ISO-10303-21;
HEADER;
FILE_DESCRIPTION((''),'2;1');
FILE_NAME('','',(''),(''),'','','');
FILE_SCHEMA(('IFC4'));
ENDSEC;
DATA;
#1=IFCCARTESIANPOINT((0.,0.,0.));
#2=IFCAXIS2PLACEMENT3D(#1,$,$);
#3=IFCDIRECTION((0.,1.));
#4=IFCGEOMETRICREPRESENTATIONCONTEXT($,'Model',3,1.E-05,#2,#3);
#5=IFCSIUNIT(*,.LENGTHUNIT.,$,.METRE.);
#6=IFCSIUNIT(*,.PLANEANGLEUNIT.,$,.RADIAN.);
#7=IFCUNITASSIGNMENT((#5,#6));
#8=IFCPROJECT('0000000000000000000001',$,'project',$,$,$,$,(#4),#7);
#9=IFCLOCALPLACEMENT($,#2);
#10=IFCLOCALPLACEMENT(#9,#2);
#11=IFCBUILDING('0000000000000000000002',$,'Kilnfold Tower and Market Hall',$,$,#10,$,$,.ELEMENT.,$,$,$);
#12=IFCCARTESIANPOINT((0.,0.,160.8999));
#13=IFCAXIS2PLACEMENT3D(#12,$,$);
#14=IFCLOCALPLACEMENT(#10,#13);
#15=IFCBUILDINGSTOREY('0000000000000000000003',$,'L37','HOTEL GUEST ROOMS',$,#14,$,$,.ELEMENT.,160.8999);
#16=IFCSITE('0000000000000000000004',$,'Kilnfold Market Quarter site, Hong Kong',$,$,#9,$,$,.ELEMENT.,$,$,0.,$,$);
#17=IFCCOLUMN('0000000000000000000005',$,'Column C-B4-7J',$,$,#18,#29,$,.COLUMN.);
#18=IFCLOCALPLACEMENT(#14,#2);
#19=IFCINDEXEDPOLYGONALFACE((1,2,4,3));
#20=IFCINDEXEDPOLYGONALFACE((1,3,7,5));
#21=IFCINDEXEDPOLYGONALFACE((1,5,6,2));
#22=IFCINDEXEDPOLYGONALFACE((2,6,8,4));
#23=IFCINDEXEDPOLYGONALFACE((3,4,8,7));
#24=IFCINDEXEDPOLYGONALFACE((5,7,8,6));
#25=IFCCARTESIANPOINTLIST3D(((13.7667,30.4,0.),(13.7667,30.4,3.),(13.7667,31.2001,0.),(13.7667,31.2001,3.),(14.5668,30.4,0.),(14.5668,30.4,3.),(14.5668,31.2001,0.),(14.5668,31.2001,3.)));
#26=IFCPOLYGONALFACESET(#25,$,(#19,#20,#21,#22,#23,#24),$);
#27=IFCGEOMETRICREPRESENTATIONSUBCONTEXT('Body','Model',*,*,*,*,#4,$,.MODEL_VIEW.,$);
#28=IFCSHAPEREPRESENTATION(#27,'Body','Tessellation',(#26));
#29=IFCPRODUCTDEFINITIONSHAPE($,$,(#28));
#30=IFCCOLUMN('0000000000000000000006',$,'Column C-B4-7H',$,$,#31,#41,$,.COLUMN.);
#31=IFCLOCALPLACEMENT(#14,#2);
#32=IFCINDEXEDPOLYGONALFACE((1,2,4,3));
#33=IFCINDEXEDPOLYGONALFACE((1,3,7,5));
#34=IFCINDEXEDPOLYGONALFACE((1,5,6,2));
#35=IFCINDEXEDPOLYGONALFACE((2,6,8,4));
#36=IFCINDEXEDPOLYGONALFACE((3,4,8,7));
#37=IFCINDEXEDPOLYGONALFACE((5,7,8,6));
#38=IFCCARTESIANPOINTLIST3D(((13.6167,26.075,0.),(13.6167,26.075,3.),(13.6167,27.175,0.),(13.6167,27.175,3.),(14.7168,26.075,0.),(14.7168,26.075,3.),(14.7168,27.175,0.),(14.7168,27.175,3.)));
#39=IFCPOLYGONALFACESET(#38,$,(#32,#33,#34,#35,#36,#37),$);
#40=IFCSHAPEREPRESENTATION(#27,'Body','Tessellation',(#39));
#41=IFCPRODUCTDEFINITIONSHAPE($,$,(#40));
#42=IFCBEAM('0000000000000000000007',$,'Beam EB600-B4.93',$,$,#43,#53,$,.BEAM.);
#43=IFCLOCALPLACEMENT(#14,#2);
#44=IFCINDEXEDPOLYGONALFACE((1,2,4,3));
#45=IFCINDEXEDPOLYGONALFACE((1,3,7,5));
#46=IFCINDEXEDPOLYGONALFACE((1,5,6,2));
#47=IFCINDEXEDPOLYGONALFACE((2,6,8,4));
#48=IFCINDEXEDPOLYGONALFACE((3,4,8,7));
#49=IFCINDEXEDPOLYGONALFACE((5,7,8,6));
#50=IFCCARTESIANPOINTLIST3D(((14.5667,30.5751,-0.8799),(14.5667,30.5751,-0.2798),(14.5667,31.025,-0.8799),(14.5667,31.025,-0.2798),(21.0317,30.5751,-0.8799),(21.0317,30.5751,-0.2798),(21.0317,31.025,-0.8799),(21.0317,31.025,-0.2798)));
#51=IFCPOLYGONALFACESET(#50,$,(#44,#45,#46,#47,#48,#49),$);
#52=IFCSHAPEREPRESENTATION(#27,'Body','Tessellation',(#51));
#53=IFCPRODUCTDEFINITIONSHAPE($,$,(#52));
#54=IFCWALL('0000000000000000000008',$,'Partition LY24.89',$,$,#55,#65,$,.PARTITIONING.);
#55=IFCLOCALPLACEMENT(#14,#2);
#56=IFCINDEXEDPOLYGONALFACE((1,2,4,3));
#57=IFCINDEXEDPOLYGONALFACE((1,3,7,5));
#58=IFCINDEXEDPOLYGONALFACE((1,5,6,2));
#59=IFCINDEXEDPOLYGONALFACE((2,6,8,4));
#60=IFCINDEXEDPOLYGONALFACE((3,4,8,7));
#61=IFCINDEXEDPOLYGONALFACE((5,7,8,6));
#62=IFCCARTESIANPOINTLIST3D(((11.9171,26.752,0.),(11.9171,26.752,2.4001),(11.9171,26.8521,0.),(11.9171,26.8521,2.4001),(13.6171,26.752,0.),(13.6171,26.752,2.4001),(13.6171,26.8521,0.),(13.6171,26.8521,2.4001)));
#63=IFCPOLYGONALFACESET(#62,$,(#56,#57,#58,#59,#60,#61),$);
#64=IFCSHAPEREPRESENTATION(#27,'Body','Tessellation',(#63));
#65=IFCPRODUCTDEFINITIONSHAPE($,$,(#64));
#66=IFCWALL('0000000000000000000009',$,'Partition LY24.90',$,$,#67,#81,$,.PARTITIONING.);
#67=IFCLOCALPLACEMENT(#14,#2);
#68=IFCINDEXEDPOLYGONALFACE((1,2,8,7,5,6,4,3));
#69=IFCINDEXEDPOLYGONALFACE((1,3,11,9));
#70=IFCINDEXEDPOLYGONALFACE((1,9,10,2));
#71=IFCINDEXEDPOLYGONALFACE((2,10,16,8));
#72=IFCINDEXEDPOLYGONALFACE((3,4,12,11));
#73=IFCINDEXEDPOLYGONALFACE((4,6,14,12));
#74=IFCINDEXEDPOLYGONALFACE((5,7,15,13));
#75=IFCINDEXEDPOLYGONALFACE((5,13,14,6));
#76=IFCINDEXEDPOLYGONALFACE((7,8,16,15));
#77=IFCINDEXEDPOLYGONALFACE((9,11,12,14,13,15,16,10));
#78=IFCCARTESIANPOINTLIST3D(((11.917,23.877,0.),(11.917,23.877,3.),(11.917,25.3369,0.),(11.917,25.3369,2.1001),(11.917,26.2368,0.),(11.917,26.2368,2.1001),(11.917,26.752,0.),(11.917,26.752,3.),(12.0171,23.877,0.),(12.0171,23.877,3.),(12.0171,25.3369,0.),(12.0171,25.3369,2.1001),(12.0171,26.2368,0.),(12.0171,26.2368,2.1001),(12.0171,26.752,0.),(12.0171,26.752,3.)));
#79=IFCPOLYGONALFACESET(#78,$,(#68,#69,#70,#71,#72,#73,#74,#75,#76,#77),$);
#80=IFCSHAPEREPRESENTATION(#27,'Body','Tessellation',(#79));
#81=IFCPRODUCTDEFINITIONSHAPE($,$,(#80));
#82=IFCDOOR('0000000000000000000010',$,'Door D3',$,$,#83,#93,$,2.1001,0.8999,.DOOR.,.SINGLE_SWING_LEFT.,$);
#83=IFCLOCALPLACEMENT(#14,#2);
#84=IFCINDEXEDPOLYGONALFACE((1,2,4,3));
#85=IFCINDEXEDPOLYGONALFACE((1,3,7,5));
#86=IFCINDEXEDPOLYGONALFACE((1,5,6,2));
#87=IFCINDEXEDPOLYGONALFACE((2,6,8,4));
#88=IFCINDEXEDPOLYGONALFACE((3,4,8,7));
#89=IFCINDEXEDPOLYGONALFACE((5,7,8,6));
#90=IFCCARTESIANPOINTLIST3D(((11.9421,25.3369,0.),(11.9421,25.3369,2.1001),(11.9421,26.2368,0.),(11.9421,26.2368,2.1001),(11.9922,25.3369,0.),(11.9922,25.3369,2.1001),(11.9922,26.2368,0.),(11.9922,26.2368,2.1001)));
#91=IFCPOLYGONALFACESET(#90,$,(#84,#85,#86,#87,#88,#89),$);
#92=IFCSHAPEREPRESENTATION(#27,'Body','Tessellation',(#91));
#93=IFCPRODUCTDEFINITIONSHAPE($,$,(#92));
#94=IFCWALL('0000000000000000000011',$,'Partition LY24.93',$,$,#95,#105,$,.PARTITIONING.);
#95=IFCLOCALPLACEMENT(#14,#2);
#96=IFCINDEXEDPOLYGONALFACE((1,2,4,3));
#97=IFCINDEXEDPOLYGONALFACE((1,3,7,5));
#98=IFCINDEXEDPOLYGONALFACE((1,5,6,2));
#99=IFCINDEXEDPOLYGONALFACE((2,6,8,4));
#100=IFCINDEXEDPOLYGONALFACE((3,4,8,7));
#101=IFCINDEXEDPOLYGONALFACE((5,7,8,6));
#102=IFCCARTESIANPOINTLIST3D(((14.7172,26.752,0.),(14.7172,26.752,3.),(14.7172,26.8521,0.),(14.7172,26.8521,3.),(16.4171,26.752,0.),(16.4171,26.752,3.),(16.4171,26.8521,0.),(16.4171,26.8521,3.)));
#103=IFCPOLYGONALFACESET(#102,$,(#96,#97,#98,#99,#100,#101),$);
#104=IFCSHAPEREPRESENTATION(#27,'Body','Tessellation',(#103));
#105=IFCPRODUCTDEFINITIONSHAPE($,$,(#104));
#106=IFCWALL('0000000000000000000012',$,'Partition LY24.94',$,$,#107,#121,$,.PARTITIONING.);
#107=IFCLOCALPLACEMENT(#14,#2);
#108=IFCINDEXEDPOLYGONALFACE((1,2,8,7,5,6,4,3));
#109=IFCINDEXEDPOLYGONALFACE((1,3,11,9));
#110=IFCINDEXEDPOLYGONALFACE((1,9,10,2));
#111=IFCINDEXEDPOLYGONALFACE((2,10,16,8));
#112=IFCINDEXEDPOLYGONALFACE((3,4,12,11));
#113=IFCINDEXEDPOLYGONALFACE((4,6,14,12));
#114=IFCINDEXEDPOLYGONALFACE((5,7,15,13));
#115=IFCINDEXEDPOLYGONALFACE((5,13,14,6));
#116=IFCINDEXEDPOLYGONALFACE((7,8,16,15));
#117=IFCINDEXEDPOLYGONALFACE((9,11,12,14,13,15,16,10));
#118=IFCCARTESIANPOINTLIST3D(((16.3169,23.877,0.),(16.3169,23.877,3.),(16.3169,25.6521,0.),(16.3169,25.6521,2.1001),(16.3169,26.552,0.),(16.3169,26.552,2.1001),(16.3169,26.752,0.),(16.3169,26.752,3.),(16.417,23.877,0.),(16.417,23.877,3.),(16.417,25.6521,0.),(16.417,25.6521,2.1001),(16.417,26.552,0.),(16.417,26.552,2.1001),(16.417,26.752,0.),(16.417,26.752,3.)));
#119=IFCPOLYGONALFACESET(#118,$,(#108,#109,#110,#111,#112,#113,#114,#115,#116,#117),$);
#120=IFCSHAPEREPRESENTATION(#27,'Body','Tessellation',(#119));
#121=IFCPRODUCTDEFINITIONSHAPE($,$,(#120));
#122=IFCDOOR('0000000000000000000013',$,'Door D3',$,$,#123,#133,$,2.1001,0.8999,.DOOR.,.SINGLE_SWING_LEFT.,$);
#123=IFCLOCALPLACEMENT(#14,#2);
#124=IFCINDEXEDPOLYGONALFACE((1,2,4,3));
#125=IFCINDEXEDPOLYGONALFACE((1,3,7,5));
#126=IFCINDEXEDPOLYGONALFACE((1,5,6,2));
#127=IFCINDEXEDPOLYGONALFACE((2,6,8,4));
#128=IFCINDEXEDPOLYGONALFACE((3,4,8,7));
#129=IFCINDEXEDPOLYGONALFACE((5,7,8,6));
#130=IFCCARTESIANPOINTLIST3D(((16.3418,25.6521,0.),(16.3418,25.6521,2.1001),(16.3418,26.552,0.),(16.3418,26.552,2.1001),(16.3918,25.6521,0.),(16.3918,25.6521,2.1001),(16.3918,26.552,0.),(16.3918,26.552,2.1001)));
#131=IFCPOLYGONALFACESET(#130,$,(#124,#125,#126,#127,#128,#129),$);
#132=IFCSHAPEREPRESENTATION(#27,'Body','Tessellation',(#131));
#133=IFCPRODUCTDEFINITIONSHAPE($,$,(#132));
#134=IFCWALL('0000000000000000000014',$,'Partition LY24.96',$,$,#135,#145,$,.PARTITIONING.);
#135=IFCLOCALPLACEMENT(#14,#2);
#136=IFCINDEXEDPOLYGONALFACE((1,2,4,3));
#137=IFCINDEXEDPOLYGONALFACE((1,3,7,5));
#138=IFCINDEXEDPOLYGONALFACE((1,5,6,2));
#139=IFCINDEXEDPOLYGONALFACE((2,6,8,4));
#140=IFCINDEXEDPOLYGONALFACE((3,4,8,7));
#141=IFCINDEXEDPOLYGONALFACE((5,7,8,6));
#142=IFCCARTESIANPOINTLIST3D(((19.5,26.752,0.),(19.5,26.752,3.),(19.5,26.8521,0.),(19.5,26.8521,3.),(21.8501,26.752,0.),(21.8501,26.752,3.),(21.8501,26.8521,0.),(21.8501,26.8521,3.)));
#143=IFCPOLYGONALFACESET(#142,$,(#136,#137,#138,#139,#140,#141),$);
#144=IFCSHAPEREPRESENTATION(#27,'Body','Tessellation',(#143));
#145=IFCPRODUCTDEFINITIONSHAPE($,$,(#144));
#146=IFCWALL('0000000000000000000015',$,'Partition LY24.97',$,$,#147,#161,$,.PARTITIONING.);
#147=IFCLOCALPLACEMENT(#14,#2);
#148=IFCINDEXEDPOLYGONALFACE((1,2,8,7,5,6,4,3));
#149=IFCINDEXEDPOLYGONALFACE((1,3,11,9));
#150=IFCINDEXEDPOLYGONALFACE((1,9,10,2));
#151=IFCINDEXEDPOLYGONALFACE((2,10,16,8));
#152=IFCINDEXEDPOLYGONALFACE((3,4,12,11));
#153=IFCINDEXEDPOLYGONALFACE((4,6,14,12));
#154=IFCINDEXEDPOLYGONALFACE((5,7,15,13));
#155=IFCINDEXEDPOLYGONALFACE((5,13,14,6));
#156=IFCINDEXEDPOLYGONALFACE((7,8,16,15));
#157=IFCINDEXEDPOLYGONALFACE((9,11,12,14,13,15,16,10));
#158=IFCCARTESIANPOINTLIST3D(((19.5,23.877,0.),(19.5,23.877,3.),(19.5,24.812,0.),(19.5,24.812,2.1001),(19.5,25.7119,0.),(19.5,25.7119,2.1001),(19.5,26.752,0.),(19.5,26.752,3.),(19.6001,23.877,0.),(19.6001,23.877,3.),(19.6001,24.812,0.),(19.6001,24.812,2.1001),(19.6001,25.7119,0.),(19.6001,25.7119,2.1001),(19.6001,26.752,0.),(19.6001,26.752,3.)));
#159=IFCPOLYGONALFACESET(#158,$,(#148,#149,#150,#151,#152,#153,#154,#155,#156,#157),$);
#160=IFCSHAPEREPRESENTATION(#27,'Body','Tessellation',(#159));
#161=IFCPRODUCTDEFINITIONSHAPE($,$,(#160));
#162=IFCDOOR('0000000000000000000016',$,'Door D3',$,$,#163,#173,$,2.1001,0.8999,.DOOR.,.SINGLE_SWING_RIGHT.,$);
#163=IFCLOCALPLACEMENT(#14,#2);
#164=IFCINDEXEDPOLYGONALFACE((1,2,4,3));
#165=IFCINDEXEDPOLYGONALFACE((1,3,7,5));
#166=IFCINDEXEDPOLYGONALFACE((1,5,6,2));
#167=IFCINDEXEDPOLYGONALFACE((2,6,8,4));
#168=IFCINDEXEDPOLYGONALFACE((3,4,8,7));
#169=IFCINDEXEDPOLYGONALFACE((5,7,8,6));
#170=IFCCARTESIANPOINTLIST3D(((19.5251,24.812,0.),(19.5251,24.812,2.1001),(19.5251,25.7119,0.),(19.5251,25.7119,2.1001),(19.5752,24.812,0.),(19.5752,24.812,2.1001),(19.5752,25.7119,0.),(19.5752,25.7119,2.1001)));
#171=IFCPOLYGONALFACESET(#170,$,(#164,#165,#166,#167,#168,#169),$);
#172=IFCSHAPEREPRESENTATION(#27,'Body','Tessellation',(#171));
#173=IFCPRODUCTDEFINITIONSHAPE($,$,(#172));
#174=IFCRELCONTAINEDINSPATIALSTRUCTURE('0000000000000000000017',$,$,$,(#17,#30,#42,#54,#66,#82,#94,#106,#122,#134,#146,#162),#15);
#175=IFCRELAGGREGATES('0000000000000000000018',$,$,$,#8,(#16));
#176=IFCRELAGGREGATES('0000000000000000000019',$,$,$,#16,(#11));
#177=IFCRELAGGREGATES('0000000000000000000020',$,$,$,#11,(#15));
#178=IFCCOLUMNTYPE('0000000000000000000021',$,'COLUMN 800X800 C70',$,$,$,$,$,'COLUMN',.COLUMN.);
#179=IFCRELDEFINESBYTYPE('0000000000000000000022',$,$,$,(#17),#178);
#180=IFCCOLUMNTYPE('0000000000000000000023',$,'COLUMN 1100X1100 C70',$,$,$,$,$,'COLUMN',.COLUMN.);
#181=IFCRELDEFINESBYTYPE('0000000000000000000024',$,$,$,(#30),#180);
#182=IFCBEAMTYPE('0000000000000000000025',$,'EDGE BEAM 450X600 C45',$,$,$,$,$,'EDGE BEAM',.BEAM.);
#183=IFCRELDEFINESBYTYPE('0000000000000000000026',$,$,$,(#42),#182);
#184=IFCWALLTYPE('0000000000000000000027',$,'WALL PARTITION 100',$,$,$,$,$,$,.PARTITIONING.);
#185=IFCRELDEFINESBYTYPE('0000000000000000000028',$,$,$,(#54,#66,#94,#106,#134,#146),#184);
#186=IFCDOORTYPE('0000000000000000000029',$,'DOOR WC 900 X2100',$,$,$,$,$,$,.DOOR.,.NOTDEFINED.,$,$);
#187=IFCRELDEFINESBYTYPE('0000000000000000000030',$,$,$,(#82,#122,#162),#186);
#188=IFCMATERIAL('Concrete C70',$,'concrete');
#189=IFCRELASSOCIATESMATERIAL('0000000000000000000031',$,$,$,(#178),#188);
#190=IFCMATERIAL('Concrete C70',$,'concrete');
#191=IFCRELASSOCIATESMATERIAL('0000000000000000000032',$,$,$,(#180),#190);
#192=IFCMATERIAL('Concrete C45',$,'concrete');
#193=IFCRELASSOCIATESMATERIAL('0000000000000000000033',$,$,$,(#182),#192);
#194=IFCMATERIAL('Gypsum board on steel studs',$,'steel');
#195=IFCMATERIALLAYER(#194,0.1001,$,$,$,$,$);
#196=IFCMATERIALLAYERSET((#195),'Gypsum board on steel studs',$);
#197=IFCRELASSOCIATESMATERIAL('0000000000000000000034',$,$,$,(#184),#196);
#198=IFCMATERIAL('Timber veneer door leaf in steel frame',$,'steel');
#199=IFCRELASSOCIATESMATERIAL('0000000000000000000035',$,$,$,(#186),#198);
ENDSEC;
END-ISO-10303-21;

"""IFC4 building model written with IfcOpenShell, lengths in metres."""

from ifc_helpers import new_model, si_unit, direction, frame, frame_2d, origin, origin_2d, place, context, subcontext, project, spatial, rectangle, extrude, source, transform, mapped, material, layer, layer_set, material_profile, profile_set, type_object, element, fill, save


model = new_model("IFC4")

# Units and contexts
model_context = context("Model", 3, precision=1e-05, world=origin(), true_north=direction((0.0, 1.0)))
body_context = subcontext(model_context, "Body", "Model", "MODEL_VIEW")
ifc_project = project(units=[si_unit("LENGTHUNIT", "METRE"), si_unit("PLANEANGLEUNIT", "RADIAN")], contexts=[model_context])

# Site, building, storey
site_placement = place(None, origin())
site = spatial("IfcSite", under=ifc_project, at=site_placement, Name="Kilnfold Market Quarter site, Hong Kong", CompositionType="ELEMENT", RefElevation=0.0)
building_placement = place(site_placement, origin())
building = spatial("IfcBuilding", under=site, at=building_placement, Name="Kilnfold Tower and Market Hall", CompositionType="ELEMENT")
storey_placement = place(building_placement, frame((0.0, 0.0, 160.8999)))
storey = spatial("IfcBuildingStorey", under=building, at=storey_placement, Name="L37", Description="HOTEL GUEST ROOMS", CompositionType="ELEMENT", Elevation=160.8999)

# Columns
ifc_material_1 = material(Name="Concrete C70", Category="concrete")
ifc_material_profile_1 = material_profile(ifc_material_1, rectangle(XDim=0.8, YDim=0.8, at=origin_2d()), Name="RC 800x800")
ifc_profile_set_1 = profile_set([ifc_material_profile_1], Name="Concrete C70")
column_type_1 = type_object("IfcColumnType", Name="COLUMN 800X800 C70", ElementType="COLUMN", PredefinedType="COLUMN", material=ifc_profile_set_1)
shared_shape_1 = source(origin(), body_context, "Body", "SweptSolid", [
    extrude(rectangle(XDim=0.8, YDim=0.8, at=origin_2d()), origin(), (0.0, 0.0, 1.0), 3.0),
])
column_1_placement = place(storey_placement, frame((14.1667, 30.8, 0.0), z_axis=(0.0, 0.0, 1.0), x_axis=(1.0, 0.0, 0.0)))
element("IfcColumn", 1, at=column_1_placement, inside=storey, type_object=column_type_1, Name="Column C-B4-7J", PredefinedType="COLUMN", context=body_context, shape_type="MappedRepresentation", body=[
    mapped(shared_shape_1, transform((0.0, 0.0, 0.0))),
])
ifc_material_2 = material(Name="Concrete C70", Category="concrete")
ifc_material_profile_2 = material_profile(ifc_material_2, rectangle(XDim=1.1001, YDim=1.1001, at=origin_2d()), Name="RC 1100x1100")
ifc_profile_set_2 = profile_set([ifc_material_profile_2], Name="Concrete C70")
column_type_2 = type_object("IfcColumnType", Name="COLUMN 1100X1100 C70", ElementType="COLUMN", PredefinedType="COLUMN", material=ifc_profile_set_2)
shared_shape_2 = source(origin(), body_context, "Body", "SweptSolid", [
    extrude(rectangle(XDim=1.1001, YDim=1.1001, at=origin_2d()), origin(), (0.0, 0.0, 1.0), 3.0),
])
column_2_placement = place(storey_placement, frame((14.1667, 26.625, 0.0), z_axis=(0.0, 0.0, 1.0), x_axis=(1.0, 0.0, 0.0)))
element("IfcColumn", 2, at=column_2_placement, inside=storey, type_object=column_type_2, Name="Column C-B4-7H", PredefinedType="COLUMN", context=body_context, shape_type="MappedRepresentation", body=[
    mapped(shared_shape_2, transform((0.0, 0.0, 0.0))),
])

# Beam
ifc_material_3 = material(Name="Concrete C45", Category="concrete")
ifc_material_profile_3 = material_profile(ifc_material_3, rectangle(XDim=0.45, YDim=0.6001, at=origin_2d()), Name="RC 450x600")
ifc_profile_set_3 = profile_set([ifc_material_profile_3], Name="Concrete C45")
beam_type = type_object("IfcBeamType", Name="EDGE BEAM 450X600 C45", ElementType="EDGE BEAM", PredefinedType="BEAM", material=ifc_profile_set_3)
shared_shape_3 = source(origin(), body_context, "Body", "SweptSolid", [
    extrude(rectangle(XDim=0.45, YDim=0.6001, at=origin_2d()), origin(), (0.0, 0.0, 1.0), 6.4651),
])
beam_placement = place(storey_placement, frame((14.5667, 30.8, -0.5798), z_axis=(1.0, 0.0, 0.0), x_axis=(0.0, 1.0, 0.0)))
element("IfcBeam", 3, at=beam_placement, inside=storey, type_object=beam_type, Name="Beam EB600-B4.93", PredefinedType="BEAM", context=body_context, shape_type="MappedRepresentation", body=[
    mapped(shared_shape_3, transform((0.0, 0.0, 0.0))),
])

# Wall
ifc_material_4 = material(Name="Gypsum board on steel studs", Category="steel")
ifc_layer_1 = layer(ifc_material_4, 0.1001)
ifc_layer_set_1 = layer_set([ifc_layer_1], Name="Gypsum board on steel studs")
wall_type_1 = type_object("IfcWallType", Name="WALL PARTITION 100", PredefinedType="PARTITIONING", material=ifc_layer_set_1)
wall_1_placement = place(storey_placement, frame((11.917, 26.802, 0.0), z_axis=(0.0, 0.0, 1.0), x_axis=(1.0, 0.0, 0.0)))
element("IfcWall", 4, at=wall_1_placement, inside=storey, type_object=wall_type_1, Name="Partition LY24.89", PredefinedType="PARTITIONING", context=body_context, shape_type="SweptSolid", body=[
    extrude(rectangle(XDim=1.7, YDim=0.1001, at=frame_2d((0.8501, 0.0))), origin(), (0.0, 0.0, 1.0), 2.4001),
])

# Wall, opening, door
wall_2_placement = place(storey_placement, frame((11.967, 23.877, 0.0), z_axis=(0.0, 0.0, 1.0), x_axis=(0.0, 1.0, 0.0)))
wall_2 = element("IfcWall", 5, at=wall_2_placement, inside=storey, type_object=wall_type_1, Name="Partition LY24.90", PredefinedType="PARTITIONING", context=body_context, shape_type="SweptSolid", body=[
    extrude(rectangle(XDim=2.875, YDim=0.1001, at=frame_2d((1.4375, 0.0))), origin(), (0.0, 0.0, 1.0), 3.0),
])
opening_1_placement = place(wall_2_placement, frame((1.46, 0.0, 0.0)))
opening_1 = element("IfcOpeningElement", 6, at=opening_1_placement, cuts=wall_2, PredefinedType="OPENING", context=body_context, shape_type="SweptSolid", body=[
    extrude(rectangle(XDim=0.8999, YDim=2.1001, at=frame_2d((0.45, 1.05))), frame((0.0, 0.0601, 0.0), z_axis=(0.0, -1.0, 0.0), x_axis=(1.0, 0.0, 0.0)), (0.0, 0.0, 1.0), 0.1201),
])
ifc_material_5 = material(Name="Timber veneer door leaf in steel frame", Category="steel")
door_type_1 = type_object("IfcDoorType", Name="DOOR WC 900 X2100", OperationType="NOTDEFINED", PredefinedType="DOOR", material=ifc_material_5)
door_1_placement = place(opening_1_placement, origin())
door_1 = element("IfcDoor", 7, at=door_1_placement, inside=storey, type_object=door_type_1, Name="Door D3", OperationType="SINGLE_SWING_LEFT", OverallHeight=2.1001, OverallWidth=0.8999, PredefinedType="DOOR", context=body_context, shape_type="SweptSolid", body=[
    extrude(rectangle(XDim=0.8999, YDim=2.1001, at=frame_2d((0.45, 1.05))), frame((0.0, 0.0249, 0.0), z_axis=(0.0, -1.0, 0.0), x_axis=(1.0, 0.0, 0.0)), (0.0, 0.0, 1.0), 0.05),
])
fill(opening_1, door_1)

# Wall
wall_3_placement = place(storey_placement, frame((14.717, 26.802, 0.0), z_axis=(0.0, 0.0, 1.0), x_axis=(1.0, 0.0, 0.0)))
element("IfcWall", 8, at=wall_3_placement, inside=storey, type_object=wall_type_1, Name="Partition LY24.93", PredefinedType="PARTITIONING", context=body_context, shape_type="SweptSolid", body=[
    extrude(rectangle(XDim=1.7, YDim=0.1001, at=frame_2d((0.8501, 0.0))), origin(), (0.0, 0.0, 1.0), 3.0),
])

# Wall, opening, door
wall_4_placement = place(storey_placement, frame((16.3669, 26.752, 0.0), z_axis=(0.0, 0.0, 1.0), x_axis=(0.0, -1.0, 0.0)))
wall_4 = element("IfcWall", 9, at=wall_4_placement, inside=storey, type_object=wall_type_1, Name="Partition LY24.94", PredefinedType="PARTITIONING", context=body_context, shape_type="SweptSolid", body=[
    extrude(rectangle(XDim=2.875, YDim=0.1001, at=frame_2d((1.4375, 0.0))), origin(), (0.0, 0.0, 1.0), 3.0),
])
opening_2_placement = place(wall_4_placement, frame((0.2, 0.0, 0.0)))
opening_2 = element("IfcOpeningElement", 10, at=opening_2_placement, cuts=wall_4, PredefinedType="OPENING", context=body_context, shape_type="SweptSolid", body=[
    extrude(rectangle(XDim=0.8999, YDim=2.1001, at=frame_2d((0.45, 1.05))), frame((0.0, 0.0601, 0.0), z_axis=(0.0, -1.0, 0.0), x_axis=(1.0, 0.0, 0.0)), (0.0, 0.0, 1.0), 0.1201),
])
door_2_placement = place(opening_2_placement, origin())
door_2 = element("IfcDoor", 11, at=door_2_placement, inside=storey, type_object=door_type_1, Name="Door D3", OperationType="SINGLE_SWING_LEFT", OverallHeight=2.1001, OverallWidth=0.8999, PredefinedType="DOOR", context=body_context, shape_type="SweptSolid", body=[
    extrude(rectangle(XDim=0.8999, YDim=2.1001, at=frame_2d((0.45, 1.05))), frame((0.0, 0.0249, 0.0), z_axis=(0.0, -1.0, 0.0), x_axis=(1.0, 0.0, 0.0)), (0.0, 0.0, 1.0), 0.05),
])
fill(opening_2, door_2)

# Wall
wall_5_placement = place(storey_placement, frame((19.5, 26.802, 0.0), z_axis=(0.0, 0.0, 1.0), x_axis=(1.0, 0.0, 0.0)))
element("IfcWall", 12, at=wall_5_placement, inside=storey, type_object=wall_type_1, Name="Partition LY24.96", PredefinedType="PARTITIONING", context=body_context, shape_type="SweptSolid", body=[
    extrude(rectangle(XDim=2.3501, YDim=0.1001, at=frame_2d((1.175, 0.0))), origin(), (0.0, 0.0, 1.0), 3.0),
])

# Wall, opening, door
wall_6_placement = place(storey_placement, frame((19.55, 23.877, 0.0), z_axis=(0.0, 0.0, 1.0), x_axis=(0.0, 1.0, 0.0)))
wall_6 = element("IfcWall", 13, at=wall_6_placement, inside=storey, type_object=wall_type_1, Name="Partition LY24.97", PredefinedType="PARTITIONING", context=body_context, shape_type="SweptSolid", body=[
    extrude(rectangle(XDim=2.875, YDim=0.1001, at=frame_2d((1.4375, 0.0))), origin(), (0.0, 0.0, 1.0), 3.0),
])
opening_3_placement = place(wall_6_placement, frame((0.9351, 0.0, 0.0)))
opening_3 = element("IfcOpeningElement", 14, at=opening_3_placement, cuts=wall_6, PredefinedType="OPENING", context=body_context, shape_type="SweptSolid", body=[
    extrude(rectangle(XDim=0.8999, YDim=2.1001, at=frame_2d((0.45, 1.05))), frame((0.0, 0.0601, 0.0), z_axis=(0.0, -1.0, 0.0), x_axis=(1.0, 0.0, 0.0)), (0.0, 0.0, 1.0), 0.1201),
])
door_3_placement = place(opening_3_placement, origin())
door_3 = element("IfcDoor", 15, at=door_3_placement, inside=storey, type_object=door_type_1, Name="Door D3", OperationType="SINGLE_SWING_RIGHT", OverallHeight=2.1001, OverallWidth=0.8999, PredefinedType="DOOR", context=body_context, shape_type="SweptSolid", body=[
    extrude(rectangle(XDim=0.8999, YDim=2.1001, at=frame_2d((0.45, 1.05))), frame((0.0, 0.0249, 0.0), z_axis=(0.0, -1.0, 0.0), x_axis=(1.0, 0.0, 0.0)), (0.0, 0.0, 1.0), 0.05),
])
fill(opening_3, door_3)

save(model, "model.ifc")
